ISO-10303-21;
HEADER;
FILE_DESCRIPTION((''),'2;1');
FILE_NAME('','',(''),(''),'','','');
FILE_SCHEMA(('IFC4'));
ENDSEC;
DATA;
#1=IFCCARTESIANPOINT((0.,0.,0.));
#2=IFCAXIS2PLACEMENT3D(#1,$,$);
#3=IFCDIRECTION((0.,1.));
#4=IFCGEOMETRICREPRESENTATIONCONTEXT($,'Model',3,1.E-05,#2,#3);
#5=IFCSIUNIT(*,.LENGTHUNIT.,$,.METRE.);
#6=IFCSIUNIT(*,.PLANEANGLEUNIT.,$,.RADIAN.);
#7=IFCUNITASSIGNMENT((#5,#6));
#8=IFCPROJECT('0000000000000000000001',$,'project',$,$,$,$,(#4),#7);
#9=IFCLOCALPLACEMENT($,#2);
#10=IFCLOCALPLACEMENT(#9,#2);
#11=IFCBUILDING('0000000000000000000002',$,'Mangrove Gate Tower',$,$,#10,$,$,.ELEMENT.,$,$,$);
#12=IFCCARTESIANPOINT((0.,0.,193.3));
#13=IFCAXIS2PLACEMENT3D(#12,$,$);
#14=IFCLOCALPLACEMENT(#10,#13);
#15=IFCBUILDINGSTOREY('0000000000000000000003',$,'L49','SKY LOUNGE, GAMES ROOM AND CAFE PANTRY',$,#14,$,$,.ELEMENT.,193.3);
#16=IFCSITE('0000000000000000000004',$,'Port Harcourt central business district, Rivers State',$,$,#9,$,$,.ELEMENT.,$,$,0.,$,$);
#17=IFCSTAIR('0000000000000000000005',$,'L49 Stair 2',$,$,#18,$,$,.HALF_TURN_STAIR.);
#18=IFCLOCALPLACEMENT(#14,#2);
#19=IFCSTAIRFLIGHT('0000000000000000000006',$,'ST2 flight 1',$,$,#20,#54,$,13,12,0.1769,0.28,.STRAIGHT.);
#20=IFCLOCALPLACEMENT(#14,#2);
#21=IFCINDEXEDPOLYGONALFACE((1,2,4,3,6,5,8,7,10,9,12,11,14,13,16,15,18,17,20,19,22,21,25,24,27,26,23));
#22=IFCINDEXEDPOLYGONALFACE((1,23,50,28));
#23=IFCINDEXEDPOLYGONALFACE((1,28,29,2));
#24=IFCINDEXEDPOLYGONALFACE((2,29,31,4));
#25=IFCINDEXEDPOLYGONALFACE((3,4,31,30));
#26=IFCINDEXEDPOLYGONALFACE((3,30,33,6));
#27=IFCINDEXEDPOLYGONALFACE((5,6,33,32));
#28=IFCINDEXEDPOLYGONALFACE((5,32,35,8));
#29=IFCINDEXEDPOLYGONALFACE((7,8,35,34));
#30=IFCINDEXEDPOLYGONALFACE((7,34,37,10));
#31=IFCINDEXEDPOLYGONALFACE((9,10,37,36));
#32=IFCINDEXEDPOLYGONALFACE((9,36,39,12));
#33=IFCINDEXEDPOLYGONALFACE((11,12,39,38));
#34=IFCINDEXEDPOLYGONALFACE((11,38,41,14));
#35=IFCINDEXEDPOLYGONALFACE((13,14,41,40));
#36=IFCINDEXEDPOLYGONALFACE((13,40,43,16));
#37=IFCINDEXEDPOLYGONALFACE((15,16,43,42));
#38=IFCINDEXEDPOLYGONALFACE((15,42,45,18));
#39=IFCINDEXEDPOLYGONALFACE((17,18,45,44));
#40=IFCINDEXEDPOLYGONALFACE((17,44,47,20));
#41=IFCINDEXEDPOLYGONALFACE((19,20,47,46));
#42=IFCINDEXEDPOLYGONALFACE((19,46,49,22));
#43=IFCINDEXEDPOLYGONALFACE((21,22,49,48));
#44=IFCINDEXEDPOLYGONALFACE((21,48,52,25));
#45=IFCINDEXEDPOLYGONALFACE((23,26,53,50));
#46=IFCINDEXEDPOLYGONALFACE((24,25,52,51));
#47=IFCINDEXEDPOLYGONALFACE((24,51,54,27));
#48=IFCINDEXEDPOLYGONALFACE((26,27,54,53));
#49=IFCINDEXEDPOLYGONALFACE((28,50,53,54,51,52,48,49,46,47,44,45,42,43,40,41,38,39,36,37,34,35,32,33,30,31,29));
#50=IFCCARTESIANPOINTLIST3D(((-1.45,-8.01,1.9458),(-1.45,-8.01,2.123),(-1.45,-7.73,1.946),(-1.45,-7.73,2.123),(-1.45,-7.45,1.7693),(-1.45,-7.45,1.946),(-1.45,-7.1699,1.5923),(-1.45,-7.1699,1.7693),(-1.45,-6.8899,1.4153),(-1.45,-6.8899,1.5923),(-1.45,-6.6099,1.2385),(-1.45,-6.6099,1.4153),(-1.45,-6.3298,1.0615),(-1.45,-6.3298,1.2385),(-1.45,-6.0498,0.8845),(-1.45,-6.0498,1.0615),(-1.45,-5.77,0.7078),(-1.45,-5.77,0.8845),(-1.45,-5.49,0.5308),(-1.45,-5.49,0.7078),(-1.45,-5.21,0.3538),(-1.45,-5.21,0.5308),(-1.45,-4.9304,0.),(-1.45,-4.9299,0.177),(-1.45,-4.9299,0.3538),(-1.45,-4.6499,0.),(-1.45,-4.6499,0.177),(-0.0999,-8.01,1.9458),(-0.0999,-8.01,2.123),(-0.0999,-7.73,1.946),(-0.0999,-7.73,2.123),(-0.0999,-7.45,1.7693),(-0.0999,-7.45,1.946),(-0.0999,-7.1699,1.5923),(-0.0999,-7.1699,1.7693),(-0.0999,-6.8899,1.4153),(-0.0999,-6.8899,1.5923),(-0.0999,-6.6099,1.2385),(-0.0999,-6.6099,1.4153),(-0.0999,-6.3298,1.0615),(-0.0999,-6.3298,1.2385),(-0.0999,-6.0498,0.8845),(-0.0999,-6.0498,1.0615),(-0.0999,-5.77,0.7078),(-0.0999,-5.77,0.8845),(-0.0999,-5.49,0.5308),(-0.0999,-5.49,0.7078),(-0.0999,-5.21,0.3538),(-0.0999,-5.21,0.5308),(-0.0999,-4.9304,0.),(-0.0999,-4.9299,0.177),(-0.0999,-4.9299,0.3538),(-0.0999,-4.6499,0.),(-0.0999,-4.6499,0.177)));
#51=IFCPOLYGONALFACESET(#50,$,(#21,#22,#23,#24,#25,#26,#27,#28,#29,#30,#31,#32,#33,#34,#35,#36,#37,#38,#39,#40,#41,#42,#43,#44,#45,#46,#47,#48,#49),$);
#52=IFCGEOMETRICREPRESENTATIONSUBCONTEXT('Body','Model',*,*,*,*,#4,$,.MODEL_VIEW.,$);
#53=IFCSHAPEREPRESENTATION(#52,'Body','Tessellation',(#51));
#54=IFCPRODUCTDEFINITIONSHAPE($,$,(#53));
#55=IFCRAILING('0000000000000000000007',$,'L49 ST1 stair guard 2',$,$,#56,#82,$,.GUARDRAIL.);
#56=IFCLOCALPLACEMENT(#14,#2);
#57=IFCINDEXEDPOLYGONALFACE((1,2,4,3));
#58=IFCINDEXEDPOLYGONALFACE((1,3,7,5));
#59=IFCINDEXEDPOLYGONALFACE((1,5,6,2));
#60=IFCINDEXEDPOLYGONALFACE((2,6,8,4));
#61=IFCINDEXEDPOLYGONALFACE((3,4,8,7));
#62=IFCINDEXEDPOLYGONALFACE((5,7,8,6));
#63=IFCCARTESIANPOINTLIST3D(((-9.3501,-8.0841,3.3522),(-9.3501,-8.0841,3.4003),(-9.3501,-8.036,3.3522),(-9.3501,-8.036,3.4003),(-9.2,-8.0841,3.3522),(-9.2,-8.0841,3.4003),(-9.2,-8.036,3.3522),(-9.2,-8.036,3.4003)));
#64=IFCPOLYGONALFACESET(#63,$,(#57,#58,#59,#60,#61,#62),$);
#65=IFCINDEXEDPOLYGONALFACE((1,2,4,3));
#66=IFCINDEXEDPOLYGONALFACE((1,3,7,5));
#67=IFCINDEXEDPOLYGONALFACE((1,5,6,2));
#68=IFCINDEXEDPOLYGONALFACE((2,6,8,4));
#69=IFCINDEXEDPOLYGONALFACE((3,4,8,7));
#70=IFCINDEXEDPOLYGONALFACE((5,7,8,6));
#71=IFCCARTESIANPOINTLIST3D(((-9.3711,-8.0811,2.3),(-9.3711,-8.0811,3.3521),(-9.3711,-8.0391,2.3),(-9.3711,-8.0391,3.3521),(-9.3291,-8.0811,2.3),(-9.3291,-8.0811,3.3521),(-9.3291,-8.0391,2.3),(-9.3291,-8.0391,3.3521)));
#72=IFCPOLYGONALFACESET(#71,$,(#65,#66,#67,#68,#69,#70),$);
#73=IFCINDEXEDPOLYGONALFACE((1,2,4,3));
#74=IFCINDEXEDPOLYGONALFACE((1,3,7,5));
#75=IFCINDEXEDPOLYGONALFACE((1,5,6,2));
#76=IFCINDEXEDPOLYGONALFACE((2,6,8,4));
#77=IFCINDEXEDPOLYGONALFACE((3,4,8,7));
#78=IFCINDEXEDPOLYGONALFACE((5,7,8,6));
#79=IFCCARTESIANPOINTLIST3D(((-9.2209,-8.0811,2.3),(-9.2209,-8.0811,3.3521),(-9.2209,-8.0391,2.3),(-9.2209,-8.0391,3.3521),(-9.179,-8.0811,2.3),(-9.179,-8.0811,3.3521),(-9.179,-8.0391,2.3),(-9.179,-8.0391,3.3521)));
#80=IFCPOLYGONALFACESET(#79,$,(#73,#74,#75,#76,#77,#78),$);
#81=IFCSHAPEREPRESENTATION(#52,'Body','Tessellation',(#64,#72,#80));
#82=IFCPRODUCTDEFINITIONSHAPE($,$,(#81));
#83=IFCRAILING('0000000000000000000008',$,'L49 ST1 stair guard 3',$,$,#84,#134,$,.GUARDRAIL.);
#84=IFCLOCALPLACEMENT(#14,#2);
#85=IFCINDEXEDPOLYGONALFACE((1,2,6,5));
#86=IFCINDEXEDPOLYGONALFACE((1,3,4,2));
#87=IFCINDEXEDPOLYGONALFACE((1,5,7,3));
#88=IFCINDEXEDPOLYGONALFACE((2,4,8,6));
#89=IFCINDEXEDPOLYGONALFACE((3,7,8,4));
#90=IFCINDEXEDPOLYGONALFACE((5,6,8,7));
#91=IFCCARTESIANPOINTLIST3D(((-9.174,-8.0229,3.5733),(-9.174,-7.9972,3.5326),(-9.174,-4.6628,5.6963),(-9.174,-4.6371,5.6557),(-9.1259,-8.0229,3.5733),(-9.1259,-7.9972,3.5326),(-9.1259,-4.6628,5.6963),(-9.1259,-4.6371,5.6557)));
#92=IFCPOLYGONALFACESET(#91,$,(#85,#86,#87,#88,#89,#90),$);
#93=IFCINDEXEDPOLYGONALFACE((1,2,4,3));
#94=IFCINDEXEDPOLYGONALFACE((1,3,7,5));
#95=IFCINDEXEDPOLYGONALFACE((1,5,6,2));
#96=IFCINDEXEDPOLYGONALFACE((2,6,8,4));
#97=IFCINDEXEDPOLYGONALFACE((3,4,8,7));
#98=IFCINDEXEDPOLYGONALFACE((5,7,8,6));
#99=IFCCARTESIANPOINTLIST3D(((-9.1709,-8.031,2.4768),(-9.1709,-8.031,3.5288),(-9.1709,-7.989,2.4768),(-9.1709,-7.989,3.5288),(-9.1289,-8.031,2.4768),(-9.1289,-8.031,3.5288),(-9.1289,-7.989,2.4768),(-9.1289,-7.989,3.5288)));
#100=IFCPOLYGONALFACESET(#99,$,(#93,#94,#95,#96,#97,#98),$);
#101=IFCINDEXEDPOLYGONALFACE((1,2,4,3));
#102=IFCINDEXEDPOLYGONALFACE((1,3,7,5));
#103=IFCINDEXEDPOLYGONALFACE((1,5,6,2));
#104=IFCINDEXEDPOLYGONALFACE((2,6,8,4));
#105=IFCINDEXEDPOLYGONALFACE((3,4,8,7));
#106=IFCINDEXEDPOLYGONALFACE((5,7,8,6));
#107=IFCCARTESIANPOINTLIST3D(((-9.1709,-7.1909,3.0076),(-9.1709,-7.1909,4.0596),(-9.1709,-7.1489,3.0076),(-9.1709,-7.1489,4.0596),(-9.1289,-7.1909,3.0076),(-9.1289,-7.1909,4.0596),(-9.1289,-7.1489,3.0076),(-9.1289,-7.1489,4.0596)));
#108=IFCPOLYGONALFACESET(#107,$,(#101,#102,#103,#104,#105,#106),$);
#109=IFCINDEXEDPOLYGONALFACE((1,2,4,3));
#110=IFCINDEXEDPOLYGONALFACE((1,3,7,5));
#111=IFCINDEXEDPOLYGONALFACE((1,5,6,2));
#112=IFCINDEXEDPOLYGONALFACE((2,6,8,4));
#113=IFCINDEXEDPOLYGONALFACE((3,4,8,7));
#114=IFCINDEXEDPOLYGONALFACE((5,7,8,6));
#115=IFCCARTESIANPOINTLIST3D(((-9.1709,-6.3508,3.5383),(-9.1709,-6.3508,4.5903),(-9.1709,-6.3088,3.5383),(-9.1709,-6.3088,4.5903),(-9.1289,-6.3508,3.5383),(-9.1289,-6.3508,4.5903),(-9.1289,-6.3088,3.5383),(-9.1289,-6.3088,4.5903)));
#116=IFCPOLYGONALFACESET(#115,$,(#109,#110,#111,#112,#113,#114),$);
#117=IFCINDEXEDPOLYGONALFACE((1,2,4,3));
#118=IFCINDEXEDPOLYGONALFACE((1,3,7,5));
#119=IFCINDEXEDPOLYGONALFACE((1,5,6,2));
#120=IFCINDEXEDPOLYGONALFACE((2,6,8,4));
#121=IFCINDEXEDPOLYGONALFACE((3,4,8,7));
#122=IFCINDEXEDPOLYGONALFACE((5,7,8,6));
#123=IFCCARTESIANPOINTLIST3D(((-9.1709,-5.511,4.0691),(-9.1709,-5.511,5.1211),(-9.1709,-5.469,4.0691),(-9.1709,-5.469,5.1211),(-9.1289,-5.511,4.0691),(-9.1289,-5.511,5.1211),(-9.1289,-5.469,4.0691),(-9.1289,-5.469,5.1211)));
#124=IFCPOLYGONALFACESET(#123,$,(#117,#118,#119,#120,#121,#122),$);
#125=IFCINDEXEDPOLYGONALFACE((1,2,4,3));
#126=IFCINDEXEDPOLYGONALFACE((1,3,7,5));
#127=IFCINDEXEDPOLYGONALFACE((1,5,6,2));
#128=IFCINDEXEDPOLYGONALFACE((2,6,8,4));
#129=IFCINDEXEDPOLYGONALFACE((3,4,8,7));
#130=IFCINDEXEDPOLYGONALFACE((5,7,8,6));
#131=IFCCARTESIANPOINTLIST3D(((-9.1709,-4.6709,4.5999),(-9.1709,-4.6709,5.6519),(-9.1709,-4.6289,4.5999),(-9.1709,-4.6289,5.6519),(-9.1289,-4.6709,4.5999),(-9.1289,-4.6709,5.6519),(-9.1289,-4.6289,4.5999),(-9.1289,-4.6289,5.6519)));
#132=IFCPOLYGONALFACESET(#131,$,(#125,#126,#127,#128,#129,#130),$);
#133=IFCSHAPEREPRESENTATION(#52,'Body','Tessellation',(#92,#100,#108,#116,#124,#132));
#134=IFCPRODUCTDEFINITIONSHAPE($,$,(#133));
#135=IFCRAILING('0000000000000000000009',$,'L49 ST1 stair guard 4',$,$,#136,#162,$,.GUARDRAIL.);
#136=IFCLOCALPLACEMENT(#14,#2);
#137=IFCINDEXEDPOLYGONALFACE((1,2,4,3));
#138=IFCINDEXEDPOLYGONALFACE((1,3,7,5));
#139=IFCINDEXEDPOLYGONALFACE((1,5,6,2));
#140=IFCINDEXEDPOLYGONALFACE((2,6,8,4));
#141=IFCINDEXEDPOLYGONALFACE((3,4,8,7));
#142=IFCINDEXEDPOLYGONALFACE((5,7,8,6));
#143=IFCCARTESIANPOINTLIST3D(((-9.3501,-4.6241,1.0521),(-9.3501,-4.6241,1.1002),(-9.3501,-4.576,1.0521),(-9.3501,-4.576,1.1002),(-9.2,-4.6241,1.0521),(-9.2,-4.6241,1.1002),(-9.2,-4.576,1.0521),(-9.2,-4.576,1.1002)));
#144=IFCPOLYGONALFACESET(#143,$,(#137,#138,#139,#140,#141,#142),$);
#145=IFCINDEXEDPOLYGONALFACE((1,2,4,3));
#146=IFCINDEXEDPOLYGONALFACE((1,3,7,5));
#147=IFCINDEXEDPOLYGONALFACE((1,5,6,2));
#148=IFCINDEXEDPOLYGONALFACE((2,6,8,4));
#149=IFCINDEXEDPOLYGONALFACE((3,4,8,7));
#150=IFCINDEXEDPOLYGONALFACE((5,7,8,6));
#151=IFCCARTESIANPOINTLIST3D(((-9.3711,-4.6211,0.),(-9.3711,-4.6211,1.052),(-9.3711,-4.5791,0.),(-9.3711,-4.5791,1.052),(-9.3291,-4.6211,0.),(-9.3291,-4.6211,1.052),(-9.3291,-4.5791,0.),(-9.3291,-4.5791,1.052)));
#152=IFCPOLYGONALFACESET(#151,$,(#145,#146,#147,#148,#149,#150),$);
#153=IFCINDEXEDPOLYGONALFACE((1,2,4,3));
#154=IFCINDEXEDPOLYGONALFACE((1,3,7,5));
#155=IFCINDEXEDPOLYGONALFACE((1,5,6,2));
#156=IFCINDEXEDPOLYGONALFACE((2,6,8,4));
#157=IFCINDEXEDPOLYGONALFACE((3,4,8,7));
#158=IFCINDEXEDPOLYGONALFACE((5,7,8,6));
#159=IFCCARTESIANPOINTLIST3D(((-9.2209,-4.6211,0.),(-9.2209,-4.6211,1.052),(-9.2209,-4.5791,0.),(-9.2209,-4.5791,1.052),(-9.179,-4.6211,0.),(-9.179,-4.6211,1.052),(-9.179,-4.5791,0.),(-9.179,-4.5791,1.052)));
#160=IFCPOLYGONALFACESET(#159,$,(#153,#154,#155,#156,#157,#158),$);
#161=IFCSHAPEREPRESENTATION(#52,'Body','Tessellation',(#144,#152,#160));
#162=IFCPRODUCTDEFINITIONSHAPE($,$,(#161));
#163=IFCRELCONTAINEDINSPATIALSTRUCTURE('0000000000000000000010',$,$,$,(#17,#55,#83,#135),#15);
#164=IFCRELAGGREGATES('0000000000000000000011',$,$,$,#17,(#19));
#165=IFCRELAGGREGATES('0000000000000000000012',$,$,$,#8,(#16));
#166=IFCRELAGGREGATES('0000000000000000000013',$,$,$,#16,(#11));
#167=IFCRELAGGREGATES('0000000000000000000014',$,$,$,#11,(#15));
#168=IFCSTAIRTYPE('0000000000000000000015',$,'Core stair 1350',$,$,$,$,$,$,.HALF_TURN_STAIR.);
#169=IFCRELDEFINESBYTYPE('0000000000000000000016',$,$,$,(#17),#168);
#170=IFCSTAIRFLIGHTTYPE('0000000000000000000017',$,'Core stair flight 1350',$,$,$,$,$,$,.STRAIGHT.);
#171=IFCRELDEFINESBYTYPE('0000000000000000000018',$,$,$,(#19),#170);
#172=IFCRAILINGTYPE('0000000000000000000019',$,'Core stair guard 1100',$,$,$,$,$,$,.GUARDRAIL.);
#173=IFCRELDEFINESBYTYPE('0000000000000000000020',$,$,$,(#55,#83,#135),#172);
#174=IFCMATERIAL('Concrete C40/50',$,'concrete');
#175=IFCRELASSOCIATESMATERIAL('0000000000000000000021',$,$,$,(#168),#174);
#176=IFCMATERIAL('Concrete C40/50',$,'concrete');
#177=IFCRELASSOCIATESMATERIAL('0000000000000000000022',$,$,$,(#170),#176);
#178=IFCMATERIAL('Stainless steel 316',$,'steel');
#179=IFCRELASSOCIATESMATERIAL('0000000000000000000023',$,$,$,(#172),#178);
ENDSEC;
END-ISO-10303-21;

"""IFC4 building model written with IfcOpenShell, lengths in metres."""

from ifc_helpers import new_model, si_unit, direction, frame, origin, origin_2d, place, context, subcontext, project, spatial, polyline, rectangle, outline, extrude, material, type_object, element, aggregate, save


model = new_model("IFC4")

# Units and contexts
model_context = context("Model", 3, precision=1e-05, world=origin(), true_north=direction((0.0, 1.0)))
body_context = subcontext(model_context, "Body", "Model", "MODEL_VIEW")
ifc_project = project(units=[si_unit("LENGTHUNIT", "METRE"), si_unit("PLANEANGLEUNIT", "RADIAN")], contexts=[model_context])

# Site, building, storey
site_placement = place(None, origin())
site = spatial("IfcSite", under=ifc_project, at=site_placement, Name="Port Harcourt central business district, Rivers State", CompositionType="ELEMENT", RefElevation=0.0)
building_placement = place(site_placement, origin())
building = spatial("IfcBuilding", under=site, at=building_placement, Name="Mangrove Gate Tower", CompositionType="ELEMENT")
storey_placement = place(building_placement, frame((0.0, 0.0, 193.3)))
storey = spatial("IfcBuildingStorey", under=building, at=storey_placement, Name="L49", Description="SKY LOUNGE, GAMES ROOM AND CAFE PANTRY", CompositionType="ELEMENT", Elevation=193.3)

# Stair, stair flight
ifc_material_1 = material(Name="Concrete C40/50", Category="concrete")
stair_type = type_object("IfcStairType", Name="Core stair 1350", PredefinedType="HALF_TURN_STAIR", material=ifc_material_1)
ifc_material_2 = material(Name="Concrete C40/50", Category="concrete")
stair_flight_type = type_object("IfcStairFlightType", Name="Core stair flight 1350", PredefinedType="STRAIGHT", material=ifc_material_2)
stair_1_placement = place(storey_placement, origin())
stair_1 = element("IfcStair", 1, at=stair_1_placement, inside=storey, type_object=stair_type, Name="L49 Stair 2", PredefinedType="HALF_TURN_STAIR")
stair_flight_1_placement = place(storey_placement, frame((-0.7749, -4.6499, 0.0), z_axis=(0.0, 0.0, 1.0), x_axis=(0.0, -1.0, 0.0)))
stair_flight_1 = element("IfcStairFlight", 2, at=stair_flight_1_placement, type_object=stair_flight_type, Name="ST2 flight 1", NumberOfRisers=13, NumberOfTreads=12, PredefinedType="STRAIGHT", RiserHeight=0.1769, TreadLength=0.28, context=body_context, shape_type="SweptSolid", body=[
    extrude(outline(polyline([(0.0, 0.0), (0.0, 0.177), (0.28, 0.177), (0.28, 0.3538), (0.5601, 0.3538), (0.5601, 0.5308), (0.8401, 0.5308), (0.8401, 0.7078), (1.1201, 0.7078), (1.1201, 0.8845), (1.3999, 0.8845), (1.3999, 1.0615), (1.6799, 1.0615), (1.6799, 1.2385), (1.96, 1.2385), (1.96, 1.4153), (2.24, 1.4153), (2.24, 1.5923), (2.52, 1.5923), (2.52, 1.7693), (2.8, 1.7693), (2.8, 1.946), (3.0801, 1.946), (3.0801, 2.123), (3.3601, 2.123), (3.3601, 2.3), (3.3601, 1.9458), (0.2805, 0.0), (0.0, 0.0)])), frame((0.0, 0.675, 0.0), z_axis=(0.0, -1.0, 0.0), x_axis=(1.0, 0.0, 0.0)), (0.0, 0.0, 1.0), 1.3501),
])
aggregate(stair_1, [stair_flight_1])

# Railings
ifc_material_3 = material(Name="Stainless steel 316", Category="steel")
railing_type_1 = type_object("IfcRailingType", Name="Core stair guard 1100", PredefinedType="GUARDRAIL", material=ifc_material_3)
railing_1_placement = place(storey_placement, frame((-9.3501, -8.0601, 2.3)))
element("IfcRailing", 3, at=railing_1_placement, inside=storey, type_object=railing_type_1, Name="L49 ST1 stair guard 2", PredefinedType="GUARDRAIL", context=body_context, shape_type="SweptSolid", body=[
    extrude(rectangle(XDim=0.0481, YDim=0.0481, at=origin_2d()), frame((0.0, 0.0, 1.0762), z_axis=(1.0, 0.0, 0.0), x_axis=(0.0, 1.0, 0.0)), (0.0, 0.0, 1.0), 0.1501),
    extrude(rectangle(XDim=0.042, YDim=0.042, at=origin_2d()), origin(), (0.0, 0.0, 1.0), 1.052),
    extrude(rectangle(XDim=0.042, YDim=0.042, at=origin_2d()), frame((0.1501, 0.0, 0.0)), (0.0, 0.0, 1.0), 1.052),
])
railing_2_placement = place(storey_placement, frame((-9.1499, -8.01, 2.4768)))
element("IfcRailing", 4, at=railing_2_placement, inside=storey, type_object=railing_type_1, Name="L49 ST1 stair guard 3", PredefinedType="GUARDRAIL", context=body_context, shape_type="SweptSolid", body=[
    extrude(rectangle(XDim=0.0481, YDim=0.0481, at=origin_2d()), frame((0.0, 0.0, 1.0762), z_axis=(0.0, 0.84539, 0.53415), x_axis=(-1.0, 0.0, 0.0)), (0.0, 0.0, 1.0), 3.9746),
    extrude(rectangle(XDim=0.042, YDim=0.042, at=origin_2d()), origin(), (0.0, 0.0, 1.0), 1.052),
    extrude(rectangle(XDim=0.042, YDim=0.042, at=origin_2d()), frame((0.0, 0.8401, 0.5308)), (0.0, 0.0, 1.0), 1.052),
    extrude(rectangle(XDim=0.042, YDim=0.042, at=origin_2d()), frame((0.0, 1.6802, 1.0615)), (0.0, 0.0, 1.0), 1.052),
    extrude(rectangle(XDim=0.042, YDim=0.042, at=origin_2d()), frame((0.0, 2.52, 1.5923)), (0.0, 0.0, 1.0), 1.052),
    extrude(rectangle(XDim=0.042, YDim=0.042, at=origin_2d()), frame((0.0, 3.3601, 2.123)), (0.0, 0.0, 1.0), 1.052),
])
railing_3_placement = place(storey_placement, frame((-9.3501, -4.6001, 0.0)))
element("IfcRailing", 5, at=railing_3_placement, inside=storey, type_object=railing_type_1, Name="L49 ST1 stair guard 4", PredefinedType="GUARDRAIL", context=body_context, shape_type="SweptSolid", body=[
    extrude(rectangle(XDim=0.0481, YDim=0.0481, at=origin_2d()), frame((0.0, 0.0, 1.0762), z_axis=(1.0, 0.0, 0.0), x_axis=(0.0, 1.0, 0.0)), (0.0, 0.0, 1.0), 0.1501),
    extrude(rectangle(XDim=0.042, YDim=0.042, at=origin_2d()), origin(), (0.0, 0.0, 1.0), 1.052),
    extrude(rectangle(XDim=0.042, YDim=0.042, at=origin_2d()), frame((0.1501, 0.0, 0.0)), (0.0, 0.0, 1.0), 1.052),
])

save(model, "model.ifc")
